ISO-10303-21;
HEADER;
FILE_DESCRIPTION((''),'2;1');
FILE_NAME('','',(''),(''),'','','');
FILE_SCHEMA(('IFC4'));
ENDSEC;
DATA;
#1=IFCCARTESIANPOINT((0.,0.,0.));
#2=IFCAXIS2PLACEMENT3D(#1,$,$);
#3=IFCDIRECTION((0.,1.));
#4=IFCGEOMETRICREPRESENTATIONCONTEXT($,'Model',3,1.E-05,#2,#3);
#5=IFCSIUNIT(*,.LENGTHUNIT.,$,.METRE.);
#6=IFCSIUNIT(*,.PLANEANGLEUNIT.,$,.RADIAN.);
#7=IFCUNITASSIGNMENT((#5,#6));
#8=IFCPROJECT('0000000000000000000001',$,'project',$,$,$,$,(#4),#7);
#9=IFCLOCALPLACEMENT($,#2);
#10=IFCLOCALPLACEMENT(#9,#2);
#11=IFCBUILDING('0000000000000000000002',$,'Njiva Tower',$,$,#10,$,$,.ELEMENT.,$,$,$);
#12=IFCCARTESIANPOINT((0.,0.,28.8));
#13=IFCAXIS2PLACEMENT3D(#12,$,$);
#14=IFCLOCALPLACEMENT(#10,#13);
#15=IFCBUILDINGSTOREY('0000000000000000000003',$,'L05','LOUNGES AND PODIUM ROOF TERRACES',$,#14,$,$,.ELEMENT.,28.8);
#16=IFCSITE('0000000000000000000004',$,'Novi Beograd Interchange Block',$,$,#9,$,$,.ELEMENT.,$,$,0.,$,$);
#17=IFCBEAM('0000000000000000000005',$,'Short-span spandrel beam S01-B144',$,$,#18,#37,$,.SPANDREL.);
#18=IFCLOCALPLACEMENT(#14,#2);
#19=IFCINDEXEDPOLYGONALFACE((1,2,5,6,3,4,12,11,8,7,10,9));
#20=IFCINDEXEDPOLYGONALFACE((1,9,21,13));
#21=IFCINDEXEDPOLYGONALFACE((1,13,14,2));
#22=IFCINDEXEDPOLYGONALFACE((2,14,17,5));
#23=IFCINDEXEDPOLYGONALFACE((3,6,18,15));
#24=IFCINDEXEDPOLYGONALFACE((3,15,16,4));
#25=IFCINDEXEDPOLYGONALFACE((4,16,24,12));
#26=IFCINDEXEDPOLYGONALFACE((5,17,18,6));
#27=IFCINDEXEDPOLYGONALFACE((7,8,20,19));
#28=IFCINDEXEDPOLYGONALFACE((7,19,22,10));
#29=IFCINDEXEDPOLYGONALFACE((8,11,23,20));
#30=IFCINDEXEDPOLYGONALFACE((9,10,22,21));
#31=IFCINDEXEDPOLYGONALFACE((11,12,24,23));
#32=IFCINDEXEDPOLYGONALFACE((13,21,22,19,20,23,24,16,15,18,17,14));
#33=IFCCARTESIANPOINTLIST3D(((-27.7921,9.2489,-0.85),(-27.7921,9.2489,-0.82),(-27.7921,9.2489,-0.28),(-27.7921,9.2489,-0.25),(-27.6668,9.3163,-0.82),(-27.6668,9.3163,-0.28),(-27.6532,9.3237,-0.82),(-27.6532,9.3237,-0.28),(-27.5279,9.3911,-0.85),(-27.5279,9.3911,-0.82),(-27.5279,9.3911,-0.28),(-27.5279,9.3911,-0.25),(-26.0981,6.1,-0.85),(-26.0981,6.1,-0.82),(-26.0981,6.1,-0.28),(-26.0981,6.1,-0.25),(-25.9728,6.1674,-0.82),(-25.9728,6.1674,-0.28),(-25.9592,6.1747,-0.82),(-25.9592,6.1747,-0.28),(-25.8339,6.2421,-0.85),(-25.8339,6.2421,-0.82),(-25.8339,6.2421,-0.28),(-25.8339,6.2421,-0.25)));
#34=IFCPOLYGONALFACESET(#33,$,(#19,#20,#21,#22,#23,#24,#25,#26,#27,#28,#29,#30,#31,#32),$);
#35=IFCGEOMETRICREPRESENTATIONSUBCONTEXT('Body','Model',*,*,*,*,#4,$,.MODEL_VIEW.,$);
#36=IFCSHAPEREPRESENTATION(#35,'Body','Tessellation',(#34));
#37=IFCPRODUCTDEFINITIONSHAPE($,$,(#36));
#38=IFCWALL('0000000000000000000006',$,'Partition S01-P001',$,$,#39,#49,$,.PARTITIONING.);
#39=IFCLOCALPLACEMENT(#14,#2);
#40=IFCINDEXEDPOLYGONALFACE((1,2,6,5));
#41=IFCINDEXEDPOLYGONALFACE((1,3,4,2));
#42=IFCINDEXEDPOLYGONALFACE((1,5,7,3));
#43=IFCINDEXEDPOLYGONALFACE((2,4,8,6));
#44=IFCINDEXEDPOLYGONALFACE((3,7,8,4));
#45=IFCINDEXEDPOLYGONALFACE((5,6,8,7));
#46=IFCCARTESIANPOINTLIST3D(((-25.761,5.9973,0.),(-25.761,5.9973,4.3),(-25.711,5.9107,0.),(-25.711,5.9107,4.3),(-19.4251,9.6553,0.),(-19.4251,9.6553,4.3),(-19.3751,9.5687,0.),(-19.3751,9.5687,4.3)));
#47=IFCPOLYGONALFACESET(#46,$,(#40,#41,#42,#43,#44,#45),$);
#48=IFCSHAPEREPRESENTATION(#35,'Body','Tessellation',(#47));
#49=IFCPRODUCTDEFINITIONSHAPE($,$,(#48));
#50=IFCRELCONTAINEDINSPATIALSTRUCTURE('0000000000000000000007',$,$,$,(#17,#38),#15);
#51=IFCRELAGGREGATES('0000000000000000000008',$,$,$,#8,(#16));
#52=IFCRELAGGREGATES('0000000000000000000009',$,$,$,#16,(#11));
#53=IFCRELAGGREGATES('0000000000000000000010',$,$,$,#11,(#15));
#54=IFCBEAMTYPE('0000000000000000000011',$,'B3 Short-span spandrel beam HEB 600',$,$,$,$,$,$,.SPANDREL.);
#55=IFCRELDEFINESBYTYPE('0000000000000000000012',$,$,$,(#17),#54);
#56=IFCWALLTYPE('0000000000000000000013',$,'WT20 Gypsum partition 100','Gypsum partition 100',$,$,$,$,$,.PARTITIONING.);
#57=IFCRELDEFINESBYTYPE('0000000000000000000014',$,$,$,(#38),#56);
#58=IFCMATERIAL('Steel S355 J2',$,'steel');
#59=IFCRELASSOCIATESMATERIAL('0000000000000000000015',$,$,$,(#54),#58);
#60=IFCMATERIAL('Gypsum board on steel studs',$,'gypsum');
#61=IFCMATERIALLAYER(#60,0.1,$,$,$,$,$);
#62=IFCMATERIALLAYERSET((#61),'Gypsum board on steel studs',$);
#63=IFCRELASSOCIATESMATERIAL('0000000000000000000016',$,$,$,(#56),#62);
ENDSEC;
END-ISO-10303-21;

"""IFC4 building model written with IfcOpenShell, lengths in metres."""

from ifc_helpers import new_model, si_unit, direction, frame, frame_2d, origin, origin_2d, place, context, subcontext, project, spatial, rectangle, i_section, extrude, material, layer, layer_set, material_profile, profile_set, type_object, element, save


model = new_model("IFC4")

# Units and contexts
model_context = context("Model", 3, precision=1e-05, world=origin(), true_north=direction((0.0, 1.0)))
body_context = subcontext(model_context, "Body", "Model", "MODEL_VIEW")
ifc_project = project(units=[si_unit("LENGTHUNIT", "METRE"), si_unit("PLANEANGLEUNIT", "RADIAN")], contexts=[model_context])

# Site, building, storey
site_placement = place(None, origin())
site = spatial("IfcSite", under=ifc_project, at=site_placement, Name="Novi Beograd Interchange Block", CompositionType="ELEMENT", RefElevation=0.0)
building_placement = place(site_placement, origin())
building = spatial("IfcBuilding", under=site, at=building_placement, Name="Njiva Tower", CompositionType="ELEMENT")
storey_placement = place(building_placement, frame((0.0, 0.0, 28.8)))
storey = spatial("IfcBuildingStorey", under=building, at=storey_placement, Name="L05", Description="LOUNGES AND PODIUM ROOF TERRACES", CompositionType="ELEMENT", Elevation=28.8)

# Shared definitions
ifc_material_1 = material(Name="Steel S355 J2", Category="steel")

# Beam
ifc_material_profile_1 = material_profile(ifc_material_1, i_section(OverallWidth=0.3, OverallDepth=0.6, WebThickness=0.0155, FlangeThickness=0.03, at=origin_2d()), Name="HEB 600")
ifc_profile_set_1 = profile_set([ifc_material_profile_1], Name="Steel S355 J2")
beam_type_1 = type_object("IfcBeamType", Name="B3 Short-span spandrel beam HEB 600", PredefinedType="SPANDREL", material=ifc_profile_set_1)
beam_1_placement = place(storey_placement, frame((-27.66, 9.32, -0.55), z_axis=(0.47375, -0.88066, 0.0), x_axis=(0.88066, 0.47375, 0.0)))
element("IfcBeam", 1, at=beam_1_placement, inside=storey, type_object=beam_type_1, Name="Short-span spandrel beam S01-B144", PredefinedType="SPANDREL", context=body_context, shape_type="SweptSolid", body=[
    extrude(i_section(OverallWidth=0.3, OverallDepth=0.6, WebThickness=0.0155, FlangeThickness=0.03, at=origin_2d()), origin(), (0.0, 0.0, 1.0), 3.5757),
])

# Wall
ifc_material_2 = material(Name="Gypsum board on steel studs", Category="gypsum")
ifc_layer_1 = layer(ifc_material_2, 0.1)
ifc_layer_set_1 = layer_set([ifc_layer_1], Name="Gypsum board on steel studs")
wall_type_1 = type_object("IfcWallType", Name="WT20 Gypsum partition 100", Description="Gypsum partition 100", PredefinedType="PARTITIONING", material=ifc_layer_set_1)
wall_1_placement = place(storey_placement, frame((-25.736, 5.954, 0.0), z_axis=(0.0, 0.0, 1.0), x_axis=(0.866031, 0.499991, 0.0)))
element("IfcWall", 2, at=wall_1_placement, inside=storey, type_object=wall_type_1, Name="Partition S01-P001", PredefinedType="PARTITIONING", context=body_context, shape_type="SweptSolid", body=[
    extrude(rectangle(XDim=7.3161, YDim=0.1, at=frame_2d((3.658, 0.0))), origin(), (0.0, 0.0, 1.0), 4.3),
])

save(model, "model.ifc")
